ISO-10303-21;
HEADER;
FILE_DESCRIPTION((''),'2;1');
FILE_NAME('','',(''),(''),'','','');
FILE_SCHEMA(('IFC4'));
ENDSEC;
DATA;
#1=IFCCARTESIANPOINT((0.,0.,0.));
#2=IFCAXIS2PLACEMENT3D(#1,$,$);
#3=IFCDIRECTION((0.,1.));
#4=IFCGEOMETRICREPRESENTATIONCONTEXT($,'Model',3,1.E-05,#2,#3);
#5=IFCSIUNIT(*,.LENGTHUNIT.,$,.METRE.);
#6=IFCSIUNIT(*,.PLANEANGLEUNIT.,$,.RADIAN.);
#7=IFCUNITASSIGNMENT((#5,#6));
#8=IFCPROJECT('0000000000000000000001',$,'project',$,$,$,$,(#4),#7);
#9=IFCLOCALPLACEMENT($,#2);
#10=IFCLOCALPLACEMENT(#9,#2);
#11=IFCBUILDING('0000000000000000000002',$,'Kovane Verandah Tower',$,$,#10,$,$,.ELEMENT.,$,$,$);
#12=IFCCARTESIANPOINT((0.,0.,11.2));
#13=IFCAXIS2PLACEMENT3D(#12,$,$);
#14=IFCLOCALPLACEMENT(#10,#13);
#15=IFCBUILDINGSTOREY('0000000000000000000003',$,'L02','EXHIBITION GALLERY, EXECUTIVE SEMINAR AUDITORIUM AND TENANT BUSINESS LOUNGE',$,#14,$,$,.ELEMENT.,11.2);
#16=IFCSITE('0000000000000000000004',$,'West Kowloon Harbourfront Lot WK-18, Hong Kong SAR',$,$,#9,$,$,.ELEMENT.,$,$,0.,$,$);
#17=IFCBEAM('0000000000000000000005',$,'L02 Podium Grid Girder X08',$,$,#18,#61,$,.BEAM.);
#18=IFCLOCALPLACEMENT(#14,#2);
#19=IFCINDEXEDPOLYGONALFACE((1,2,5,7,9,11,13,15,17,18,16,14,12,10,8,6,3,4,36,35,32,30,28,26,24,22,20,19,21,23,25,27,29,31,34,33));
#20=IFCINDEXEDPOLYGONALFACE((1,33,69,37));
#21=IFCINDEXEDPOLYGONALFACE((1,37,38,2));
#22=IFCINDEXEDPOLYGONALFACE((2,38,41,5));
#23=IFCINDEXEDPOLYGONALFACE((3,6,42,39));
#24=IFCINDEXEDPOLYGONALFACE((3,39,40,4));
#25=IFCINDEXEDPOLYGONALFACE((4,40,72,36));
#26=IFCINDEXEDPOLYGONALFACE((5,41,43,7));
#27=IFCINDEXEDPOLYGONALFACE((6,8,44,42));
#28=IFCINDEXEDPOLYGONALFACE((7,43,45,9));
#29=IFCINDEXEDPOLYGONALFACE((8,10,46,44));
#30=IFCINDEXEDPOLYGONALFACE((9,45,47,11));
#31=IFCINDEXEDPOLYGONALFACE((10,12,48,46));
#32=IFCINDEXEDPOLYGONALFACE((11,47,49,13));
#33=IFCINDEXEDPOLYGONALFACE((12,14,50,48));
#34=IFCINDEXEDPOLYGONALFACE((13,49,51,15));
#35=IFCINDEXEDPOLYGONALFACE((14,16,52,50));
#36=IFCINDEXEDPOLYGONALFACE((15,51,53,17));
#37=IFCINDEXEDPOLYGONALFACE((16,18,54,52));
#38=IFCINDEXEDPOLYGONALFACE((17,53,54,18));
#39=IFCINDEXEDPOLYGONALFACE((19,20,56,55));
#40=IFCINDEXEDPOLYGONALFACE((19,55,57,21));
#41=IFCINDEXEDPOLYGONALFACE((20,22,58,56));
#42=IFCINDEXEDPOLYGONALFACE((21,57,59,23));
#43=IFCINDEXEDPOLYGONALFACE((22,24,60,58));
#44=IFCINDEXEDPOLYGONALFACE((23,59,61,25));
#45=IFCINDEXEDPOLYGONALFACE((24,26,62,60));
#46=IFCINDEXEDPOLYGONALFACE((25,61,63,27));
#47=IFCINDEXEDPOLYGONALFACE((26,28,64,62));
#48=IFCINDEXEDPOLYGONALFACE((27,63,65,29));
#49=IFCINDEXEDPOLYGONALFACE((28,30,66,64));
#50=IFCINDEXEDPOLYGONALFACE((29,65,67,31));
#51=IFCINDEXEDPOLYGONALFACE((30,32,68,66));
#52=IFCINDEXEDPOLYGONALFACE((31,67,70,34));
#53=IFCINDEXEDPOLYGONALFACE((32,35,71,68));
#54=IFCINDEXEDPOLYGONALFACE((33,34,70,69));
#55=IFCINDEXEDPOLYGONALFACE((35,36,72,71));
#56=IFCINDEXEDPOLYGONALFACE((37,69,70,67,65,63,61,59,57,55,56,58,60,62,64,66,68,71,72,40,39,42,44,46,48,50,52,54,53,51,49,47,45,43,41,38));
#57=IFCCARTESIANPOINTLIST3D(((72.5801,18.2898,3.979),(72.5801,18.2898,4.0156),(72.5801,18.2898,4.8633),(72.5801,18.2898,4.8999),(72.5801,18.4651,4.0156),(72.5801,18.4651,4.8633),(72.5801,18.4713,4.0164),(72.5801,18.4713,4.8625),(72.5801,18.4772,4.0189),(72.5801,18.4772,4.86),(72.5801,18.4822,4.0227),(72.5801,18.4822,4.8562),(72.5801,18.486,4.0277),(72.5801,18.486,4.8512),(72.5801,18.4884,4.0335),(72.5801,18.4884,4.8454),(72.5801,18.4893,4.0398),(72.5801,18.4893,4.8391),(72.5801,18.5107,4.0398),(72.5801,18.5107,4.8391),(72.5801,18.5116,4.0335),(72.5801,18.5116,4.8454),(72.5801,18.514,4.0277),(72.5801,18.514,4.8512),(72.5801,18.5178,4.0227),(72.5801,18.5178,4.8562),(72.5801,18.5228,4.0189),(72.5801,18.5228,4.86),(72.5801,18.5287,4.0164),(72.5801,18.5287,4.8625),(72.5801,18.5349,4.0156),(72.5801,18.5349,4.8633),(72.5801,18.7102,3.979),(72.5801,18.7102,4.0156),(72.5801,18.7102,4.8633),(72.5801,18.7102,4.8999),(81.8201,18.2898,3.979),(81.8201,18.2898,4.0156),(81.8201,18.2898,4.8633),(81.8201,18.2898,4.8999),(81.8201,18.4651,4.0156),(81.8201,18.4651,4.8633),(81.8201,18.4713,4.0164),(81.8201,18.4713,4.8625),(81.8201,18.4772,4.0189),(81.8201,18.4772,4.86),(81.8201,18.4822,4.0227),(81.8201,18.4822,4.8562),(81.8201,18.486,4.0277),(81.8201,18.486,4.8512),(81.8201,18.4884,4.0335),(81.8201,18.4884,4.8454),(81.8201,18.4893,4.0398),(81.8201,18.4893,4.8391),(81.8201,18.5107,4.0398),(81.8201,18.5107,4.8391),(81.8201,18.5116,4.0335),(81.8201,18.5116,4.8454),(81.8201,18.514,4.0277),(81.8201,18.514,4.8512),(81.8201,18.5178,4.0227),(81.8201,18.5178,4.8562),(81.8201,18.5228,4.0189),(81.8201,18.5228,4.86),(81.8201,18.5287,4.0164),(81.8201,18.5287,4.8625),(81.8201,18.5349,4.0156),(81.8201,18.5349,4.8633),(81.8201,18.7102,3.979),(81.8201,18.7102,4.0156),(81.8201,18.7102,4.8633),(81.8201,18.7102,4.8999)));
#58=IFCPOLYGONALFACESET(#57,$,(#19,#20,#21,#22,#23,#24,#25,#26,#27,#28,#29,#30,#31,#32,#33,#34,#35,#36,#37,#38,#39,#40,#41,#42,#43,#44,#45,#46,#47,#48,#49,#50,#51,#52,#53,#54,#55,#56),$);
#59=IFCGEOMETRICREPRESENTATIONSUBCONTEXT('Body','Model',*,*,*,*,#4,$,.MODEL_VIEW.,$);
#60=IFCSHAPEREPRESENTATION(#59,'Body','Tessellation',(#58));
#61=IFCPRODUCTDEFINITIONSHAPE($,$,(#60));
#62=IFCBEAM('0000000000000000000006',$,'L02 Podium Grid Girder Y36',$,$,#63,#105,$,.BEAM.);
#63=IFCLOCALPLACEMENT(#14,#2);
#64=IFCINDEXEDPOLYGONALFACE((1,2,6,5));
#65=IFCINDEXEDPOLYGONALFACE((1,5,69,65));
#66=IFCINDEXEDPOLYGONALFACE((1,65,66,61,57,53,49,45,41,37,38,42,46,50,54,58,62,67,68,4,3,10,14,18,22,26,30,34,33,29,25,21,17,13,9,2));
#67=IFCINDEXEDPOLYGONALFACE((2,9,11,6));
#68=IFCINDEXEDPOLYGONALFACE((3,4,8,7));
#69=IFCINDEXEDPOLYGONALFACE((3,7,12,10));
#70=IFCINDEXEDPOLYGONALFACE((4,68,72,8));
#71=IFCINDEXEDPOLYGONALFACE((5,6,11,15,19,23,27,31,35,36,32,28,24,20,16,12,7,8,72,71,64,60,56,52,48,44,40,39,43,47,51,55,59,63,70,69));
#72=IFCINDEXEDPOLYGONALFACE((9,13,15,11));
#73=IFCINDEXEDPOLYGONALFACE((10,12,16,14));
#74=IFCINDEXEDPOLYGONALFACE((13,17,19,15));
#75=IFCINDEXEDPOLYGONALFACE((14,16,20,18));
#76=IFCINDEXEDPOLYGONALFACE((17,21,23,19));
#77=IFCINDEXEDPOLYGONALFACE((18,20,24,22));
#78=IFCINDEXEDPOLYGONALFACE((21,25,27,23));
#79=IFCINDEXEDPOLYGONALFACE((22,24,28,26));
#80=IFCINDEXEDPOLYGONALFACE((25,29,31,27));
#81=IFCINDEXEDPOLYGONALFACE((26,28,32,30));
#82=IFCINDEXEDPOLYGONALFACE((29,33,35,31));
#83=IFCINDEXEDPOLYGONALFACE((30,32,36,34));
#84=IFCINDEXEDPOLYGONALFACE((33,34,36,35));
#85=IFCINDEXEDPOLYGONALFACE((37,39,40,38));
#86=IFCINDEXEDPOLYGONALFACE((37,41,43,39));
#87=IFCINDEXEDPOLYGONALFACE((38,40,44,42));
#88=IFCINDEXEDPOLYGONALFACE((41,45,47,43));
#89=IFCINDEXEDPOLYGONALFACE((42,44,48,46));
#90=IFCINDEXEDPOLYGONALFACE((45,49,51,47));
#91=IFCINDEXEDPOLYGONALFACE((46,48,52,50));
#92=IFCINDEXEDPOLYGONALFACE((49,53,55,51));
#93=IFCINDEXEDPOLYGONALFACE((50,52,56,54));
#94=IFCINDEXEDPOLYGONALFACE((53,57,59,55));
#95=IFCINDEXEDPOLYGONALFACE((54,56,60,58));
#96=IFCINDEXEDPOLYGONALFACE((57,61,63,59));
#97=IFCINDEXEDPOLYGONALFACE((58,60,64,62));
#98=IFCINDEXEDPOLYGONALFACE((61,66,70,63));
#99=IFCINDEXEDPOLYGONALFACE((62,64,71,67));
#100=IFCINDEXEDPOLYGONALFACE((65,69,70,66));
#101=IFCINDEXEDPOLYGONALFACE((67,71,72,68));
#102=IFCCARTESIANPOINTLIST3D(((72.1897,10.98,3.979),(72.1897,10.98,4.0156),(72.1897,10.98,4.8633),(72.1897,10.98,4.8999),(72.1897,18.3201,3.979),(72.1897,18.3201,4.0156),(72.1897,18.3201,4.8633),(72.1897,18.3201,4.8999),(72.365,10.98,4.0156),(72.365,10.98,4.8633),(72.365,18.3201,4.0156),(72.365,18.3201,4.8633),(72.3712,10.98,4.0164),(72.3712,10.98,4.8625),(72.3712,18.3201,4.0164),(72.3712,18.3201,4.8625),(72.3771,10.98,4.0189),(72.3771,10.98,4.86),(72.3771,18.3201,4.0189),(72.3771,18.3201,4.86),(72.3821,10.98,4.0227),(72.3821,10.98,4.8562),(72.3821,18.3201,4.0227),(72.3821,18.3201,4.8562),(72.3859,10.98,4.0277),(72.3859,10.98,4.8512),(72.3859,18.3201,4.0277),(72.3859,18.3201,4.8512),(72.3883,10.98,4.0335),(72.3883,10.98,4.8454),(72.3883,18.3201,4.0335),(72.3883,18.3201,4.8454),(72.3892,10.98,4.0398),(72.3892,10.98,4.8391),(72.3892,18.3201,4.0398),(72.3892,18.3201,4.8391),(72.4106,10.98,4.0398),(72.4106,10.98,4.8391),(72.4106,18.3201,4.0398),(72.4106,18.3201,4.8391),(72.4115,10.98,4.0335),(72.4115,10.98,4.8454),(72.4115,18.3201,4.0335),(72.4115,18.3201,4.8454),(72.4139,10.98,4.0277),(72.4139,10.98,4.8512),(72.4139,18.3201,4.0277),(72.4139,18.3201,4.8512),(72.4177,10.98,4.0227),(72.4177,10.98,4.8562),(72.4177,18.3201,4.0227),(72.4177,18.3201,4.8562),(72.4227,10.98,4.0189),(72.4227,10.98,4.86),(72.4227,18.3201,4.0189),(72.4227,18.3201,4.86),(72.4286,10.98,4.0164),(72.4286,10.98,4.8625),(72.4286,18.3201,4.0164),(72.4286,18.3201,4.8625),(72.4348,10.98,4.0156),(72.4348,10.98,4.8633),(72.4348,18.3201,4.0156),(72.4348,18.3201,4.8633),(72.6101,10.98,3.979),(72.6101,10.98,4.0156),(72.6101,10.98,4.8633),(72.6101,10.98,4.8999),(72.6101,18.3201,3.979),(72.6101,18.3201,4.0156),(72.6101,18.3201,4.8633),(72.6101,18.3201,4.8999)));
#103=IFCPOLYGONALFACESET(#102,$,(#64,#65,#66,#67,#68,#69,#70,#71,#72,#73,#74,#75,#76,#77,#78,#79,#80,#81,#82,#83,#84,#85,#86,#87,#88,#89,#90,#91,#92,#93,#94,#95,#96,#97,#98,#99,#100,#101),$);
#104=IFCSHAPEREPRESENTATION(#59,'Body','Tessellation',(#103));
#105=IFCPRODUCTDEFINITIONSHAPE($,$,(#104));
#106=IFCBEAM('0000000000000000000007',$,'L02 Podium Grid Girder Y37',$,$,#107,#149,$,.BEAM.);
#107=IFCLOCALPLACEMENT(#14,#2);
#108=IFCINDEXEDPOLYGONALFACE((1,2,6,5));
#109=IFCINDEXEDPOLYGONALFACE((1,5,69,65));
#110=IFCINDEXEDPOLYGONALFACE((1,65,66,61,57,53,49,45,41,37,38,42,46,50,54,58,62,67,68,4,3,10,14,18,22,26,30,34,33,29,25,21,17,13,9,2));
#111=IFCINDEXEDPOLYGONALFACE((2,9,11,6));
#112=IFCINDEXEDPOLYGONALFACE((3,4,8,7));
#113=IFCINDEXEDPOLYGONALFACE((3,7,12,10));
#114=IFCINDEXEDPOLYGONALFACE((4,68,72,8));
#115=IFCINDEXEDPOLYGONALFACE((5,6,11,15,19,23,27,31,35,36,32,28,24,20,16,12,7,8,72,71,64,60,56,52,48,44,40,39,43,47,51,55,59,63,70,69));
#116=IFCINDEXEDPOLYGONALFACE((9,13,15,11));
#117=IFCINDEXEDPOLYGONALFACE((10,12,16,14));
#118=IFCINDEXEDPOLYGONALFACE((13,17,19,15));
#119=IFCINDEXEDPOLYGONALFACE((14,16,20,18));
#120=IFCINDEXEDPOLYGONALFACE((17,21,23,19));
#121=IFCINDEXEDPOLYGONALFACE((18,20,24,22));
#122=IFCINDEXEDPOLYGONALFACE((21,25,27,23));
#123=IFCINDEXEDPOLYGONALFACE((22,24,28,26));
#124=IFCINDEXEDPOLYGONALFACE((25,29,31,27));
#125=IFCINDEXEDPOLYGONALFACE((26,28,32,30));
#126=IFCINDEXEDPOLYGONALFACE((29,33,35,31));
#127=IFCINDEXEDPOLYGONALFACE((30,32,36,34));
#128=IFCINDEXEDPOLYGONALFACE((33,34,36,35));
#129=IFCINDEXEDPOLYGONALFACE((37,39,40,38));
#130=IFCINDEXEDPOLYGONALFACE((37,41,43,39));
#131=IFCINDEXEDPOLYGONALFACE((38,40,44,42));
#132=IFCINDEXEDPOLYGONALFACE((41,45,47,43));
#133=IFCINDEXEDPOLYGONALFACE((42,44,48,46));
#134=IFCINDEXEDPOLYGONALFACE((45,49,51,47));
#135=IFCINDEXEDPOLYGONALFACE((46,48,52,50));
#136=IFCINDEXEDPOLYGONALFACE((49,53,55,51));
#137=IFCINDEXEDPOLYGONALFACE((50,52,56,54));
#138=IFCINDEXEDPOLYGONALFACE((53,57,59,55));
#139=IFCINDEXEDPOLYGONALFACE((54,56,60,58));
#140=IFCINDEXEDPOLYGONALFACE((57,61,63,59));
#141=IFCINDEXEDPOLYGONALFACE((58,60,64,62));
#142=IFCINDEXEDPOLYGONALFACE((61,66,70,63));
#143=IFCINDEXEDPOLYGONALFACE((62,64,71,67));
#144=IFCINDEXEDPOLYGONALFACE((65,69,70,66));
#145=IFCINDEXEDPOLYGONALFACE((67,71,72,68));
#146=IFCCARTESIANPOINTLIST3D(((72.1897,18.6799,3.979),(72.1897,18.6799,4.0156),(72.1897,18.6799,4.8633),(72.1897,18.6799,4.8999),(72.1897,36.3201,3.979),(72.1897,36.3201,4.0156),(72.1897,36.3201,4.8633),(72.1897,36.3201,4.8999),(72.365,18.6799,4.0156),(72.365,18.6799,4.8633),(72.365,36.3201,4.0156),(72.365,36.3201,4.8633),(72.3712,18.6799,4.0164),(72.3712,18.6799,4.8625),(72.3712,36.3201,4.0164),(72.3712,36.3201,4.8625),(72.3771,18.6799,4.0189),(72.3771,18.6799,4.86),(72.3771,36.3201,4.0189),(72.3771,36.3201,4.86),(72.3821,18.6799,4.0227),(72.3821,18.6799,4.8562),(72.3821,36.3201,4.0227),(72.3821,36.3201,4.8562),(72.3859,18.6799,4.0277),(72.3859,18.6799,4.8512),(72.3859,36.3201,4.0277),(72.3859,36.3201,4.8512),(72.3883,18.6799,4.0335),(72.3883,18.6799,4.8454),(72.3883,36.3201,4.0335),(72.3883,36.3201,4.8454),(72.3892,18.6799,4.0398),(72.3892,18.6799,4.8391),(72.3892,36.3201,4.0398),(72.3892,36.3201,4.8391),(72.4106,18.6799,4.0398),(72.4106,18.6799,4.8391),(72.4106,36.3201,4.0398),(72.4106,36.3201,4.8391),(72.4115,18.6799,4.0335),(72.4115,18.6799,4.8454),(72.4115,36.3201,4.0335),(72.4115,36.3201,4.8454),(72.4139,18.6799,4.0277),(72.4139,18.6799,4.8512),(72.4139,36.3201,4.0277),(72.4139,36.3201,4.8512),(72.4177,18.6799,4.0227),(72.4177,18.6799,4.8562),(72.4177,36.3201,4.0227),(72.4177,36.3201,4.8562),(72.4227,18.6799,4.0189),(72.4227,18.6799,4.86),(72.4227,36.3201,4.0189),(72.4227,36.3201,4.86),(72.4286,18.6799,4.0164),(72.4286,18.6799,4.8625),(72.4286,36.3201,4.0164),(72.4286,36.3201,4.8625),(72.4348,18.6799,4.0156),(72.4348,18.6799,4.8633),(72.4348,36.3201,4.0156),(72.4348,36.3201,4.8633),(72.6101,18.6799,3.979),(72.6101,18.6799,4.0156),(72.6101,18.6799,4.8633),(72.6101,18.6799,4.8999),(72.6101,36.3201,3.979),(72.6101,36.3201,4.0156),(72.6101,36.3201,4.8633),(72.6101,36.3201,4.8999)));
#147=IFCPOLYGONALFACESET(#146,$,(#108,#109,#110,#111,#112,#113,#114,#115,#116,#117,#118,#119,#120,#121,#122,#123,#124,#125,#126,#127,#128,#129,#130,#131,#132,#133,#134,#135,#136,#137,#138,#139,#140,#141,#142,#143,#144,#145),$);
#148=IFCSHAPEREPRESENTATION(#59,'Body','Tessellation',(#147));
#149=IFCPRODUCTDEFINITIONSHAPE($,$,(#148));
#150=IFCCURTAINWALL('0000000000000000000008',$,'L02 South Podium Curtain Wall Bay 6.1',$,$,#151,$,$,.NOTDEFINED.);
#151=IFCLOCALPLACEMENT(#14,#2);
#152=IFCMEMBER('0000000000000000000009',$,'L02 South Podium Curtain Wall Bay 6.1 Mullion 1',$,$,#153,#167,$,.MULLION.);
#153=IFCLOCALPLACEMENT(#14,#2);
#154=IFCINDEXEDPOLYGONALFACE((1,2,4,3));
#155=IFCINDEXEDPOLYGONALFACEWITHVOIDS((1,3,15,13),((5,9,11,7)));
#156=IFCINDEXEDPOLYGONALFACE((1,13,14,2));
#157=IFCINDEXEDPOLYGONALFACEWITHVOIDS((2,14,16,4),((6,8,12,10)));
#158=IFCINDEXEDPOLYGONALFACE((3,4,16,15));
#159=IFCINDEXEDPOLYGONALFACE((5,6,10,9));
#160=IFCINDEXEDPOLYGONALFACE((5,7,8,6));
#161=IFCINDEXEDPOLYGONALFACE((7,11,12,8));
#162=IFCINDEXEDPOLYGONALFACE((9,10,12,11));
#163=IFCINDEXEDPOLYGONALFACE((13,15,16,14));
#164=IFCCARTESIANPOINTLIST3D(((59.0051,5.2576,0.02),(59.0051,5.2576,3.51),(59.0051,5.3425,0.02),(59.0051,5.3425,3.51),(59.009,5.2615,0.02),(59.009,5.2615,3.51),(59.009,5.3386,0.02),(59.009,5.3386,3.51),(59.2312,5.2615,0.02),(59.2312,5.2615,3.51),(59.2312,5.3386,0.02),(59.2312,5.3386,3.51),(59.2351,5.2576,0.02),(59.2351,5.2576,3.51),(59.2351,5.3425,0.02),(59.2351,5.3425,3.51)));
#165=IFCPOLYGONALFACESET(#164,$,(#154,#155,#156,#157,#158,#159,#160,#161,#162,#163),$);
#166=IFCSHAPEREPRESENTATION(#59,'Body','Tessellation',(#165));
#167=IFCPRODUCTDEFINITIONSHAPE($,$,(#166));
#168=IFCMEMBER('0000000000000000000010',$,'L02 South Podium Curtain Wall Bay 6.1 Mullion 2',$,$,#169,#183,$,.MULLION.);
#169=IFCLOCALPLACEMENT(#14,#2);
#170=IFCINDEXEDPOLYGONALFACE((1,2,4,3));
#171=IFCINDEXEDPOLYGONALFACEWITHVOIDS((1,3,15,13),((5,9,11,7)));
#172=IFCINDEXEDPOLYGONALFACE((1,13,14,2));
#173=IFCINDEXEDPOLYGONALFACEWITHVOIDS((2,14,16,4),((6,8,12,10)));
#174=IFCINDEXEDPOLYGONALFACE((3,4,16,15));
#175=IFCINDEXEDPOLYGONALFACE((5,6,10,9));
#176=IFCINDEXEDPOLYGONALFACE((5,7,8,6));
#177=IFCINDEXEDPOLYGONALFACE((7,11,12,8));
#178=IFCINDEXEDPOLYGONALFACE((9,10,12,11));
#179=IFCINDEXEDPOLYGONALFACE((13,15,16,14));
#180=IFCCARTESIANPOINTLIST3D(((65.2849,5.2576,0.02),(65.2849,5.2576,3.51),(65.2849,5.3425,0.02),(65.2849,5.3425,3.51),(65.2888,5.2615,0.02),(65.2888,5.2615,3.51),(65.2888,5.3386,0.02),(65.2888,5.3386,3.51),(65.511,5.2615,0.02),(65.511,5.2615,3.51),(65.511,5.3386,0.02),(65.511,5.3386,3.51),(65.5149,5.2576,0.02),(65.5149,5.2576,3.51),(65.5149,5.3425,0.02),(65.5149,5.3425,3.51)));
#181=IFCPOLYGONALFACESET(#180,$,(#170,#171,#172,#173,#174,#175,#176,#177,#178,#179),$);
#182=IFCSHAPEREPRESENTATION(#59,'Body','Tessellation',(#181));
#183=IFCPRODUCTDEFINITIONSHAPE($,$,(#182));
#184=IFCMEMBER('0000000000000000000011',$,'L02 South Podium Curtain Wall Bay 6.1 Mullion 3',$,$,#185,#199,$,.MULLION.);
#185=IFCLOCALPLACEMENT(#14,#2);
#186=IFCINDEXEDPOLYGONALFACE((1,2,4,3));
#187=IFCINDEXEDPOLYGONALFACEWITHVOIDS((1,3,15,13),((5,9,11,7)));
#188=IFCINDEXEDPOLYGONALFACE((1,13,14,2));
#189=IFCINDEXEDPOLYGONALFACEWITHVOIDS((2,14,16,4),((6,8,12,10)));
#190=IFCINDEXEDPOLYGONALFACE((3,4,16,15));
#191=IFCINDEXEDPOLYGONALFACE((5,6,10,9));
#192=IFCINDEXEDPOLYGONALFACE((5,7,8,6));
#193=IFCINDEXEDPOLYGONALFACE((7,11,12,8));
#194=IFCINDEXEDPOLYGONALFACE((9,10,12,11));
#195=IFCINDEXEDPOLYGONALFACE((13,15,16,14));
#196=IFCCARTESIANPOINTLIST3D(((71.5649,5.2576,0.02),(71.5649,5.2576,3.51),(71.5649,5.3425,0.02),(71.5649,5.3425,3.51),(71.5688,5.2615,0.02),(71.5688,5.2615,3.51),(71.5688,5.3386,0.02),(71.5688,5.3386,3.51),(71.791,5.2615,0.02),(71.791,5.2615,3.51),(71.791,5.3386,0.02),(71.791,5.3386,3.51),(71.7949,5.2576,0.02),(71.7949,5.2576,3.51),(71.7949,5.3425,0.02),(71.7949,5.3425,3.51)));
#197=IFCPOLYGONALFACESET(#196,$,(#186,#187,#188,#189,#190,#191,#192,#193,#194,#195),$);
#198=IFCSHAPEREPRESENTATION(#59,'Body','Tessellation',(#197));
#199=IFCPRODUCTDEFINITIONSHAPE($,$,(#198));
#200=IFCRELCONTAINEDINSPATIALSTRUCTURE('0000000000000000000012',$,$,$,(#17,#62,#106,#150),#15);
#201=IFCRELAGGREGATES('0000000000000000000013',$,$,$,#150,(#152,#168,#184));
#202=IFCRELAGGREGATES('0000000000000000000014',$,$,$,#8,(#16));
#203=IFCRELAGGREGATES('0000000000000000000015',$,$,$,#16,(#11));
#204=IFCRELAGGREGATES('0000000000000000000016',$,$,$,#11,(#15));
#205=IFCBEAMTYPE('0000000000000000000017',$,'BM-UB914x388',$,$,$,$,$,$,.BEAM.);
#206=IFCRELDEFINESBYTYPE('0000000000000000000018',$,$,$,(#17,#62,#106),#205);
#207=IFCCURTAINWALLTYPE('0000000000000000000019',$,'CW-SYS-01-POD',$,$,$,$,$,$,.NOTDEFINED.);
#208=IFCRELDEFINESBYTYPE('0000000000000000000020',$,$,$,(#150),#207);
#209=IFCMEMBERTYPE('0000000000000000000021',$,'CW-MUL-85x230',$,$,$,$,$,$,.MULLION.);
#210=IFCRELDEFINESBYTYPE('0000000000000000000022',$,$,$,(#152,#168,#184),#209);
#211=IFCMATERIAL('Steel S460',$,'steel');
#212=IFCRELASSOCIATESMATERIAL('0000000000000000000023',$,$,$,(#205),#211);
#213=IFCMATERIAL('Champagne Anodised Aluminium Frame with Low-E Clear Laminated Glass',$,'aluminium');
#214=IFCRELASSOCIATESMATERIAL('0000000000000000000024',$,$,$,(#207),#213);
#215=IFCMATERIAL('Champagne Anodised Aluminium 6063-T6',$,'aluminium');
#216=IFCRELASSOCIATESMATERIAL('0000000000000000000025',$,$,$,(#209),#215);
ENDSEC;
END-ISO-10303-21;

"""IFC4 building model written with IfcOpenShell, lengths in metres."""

from ifc_helpers import new_model, si_unit, direction, frame, origin, origin_2d, place, context, subcontext, project, spatial, hollow_rectangle, i_section, extrude, material, material_profile, profile_set, type_object, element, aggregate, save


model = new_model("IFC4")

# Units and contexts
model_context = context("Model", 3, precision=1e-05, world=origin(), true_north=direction((0.0, 1.0)))
body_context = subcontext(model_context, "Body", "Model", "MODEL_VIEW")
ifc_project = project(units=[si_unit("LENGTHUNIT", "METRE"), si_unit("PLANEANGLEUNIT", "RADIAN")], contexts=[model_context])

# Site, building, storey
site_placement = place(None, origin())
site = spatial("IfcSite", under=ifc_project, at=site_placement, Name="West Kowloon Harbourfront Lot WK-18, Hong Kong SAR", CompositionType="ELEMENT", RefElevation=0.0)
building_placement = place(site_placement, origin())
building = spatial("IfcBuilding", under=site, at=building_placement, Name="Kovane Verandah Tower", CompositionType="ELEMENT")
storey_placement = place(building_placement, frame((0.0, 0.0, 11.2)))
storey = spatial("IfcBuildingStorey", under=building, at=storey_placement, Name="L02", Description="EXHIBITION GALLERY, EXECUTIVE SEMINAR AUDITORIUM AND TENANT BUSINESS LOUNGE", CompositionType="ELEMENT", Elevation=11.2)

# Shared definitions
ifc_material_1 = material(Name="Steel S460", Category="steel")

# Beams
ifc_material_profile_1 = material_profile(ifc_material_1, i_section(OverallWidth=0.4204, OverallDepth=0.9209, WebThickness=0.0215, FlangeThickness=0.0366, FilletRadius=0.0242, at=origin_2d()), Name="UB914x419x388")
ifc_profile_set_1 = profile_set([ifc_material_profile_1], Name="Steel S460")
beam_type = type_object("IfcBeamType", Name="BM-UB914x388", PredefinedType="BEAM", material=ifc_profile_set_1)
beam_1_placement = place(storey_placement, frame((72.5801, 18.5, 4.4395), z_axis=(1.0, 0.0, 0.0), x_axis=(0.0, 1.0, 0.0)))
element("IfcBeam", 1, at=beam_1_placement, inside=storey, type_object=beam_type, Name="L02 Podium Grid Girder X08", PredefinedType="BEAM", context=body_context, shape_type="SweptSolid", body=[
    extrude(i_section(OverallWidth=0.4204, OverallDepth=0.9209, WebThickness=0.0215, FlangeThickness=0.0366, FilletRadius=0.0242, at=origin_2d()), origin(), (0.0, 0.0, 1.0), 9.24),
])
beam_2_placement = place(storey_placement, frame((72.3999, 10.98, 4.4395), z_axis=(0.0, 1.0, 0.0), x_axis=(-1.0, 0.0, 0.0)))
element("IfcBeam", 2, at=beam_2_placement, inside=storey, type_object=beam_type, Name="L02 Podium Grid Girder Y36", PredefinedType="BEAM", context=body_context, shape_type="SweptSolid", body=[
    extrude(i_section(OverallWidth=0.4204, OverallDepth=0.9209, WebThickness=0.0215, FlangeThickness=0.0366, FilletRadius=0.0242, at=origin_2d()), origin(), (0.0, 0.0, 1.0), 7.3401),
])
beam_3_placement = place(storey_placement, frame((72.3999, 18.6799, 4.4395), z_axis=(0.0, 1.0, 0.0), x_axis=(-1.0, 0.0, 0.0)))
element("IfcBeam", 3, at=beam_3_placement, inside=storey, type_object=beam_type, Name="L02 Podium Grid Girder Y37", PredefinedType="BEAM", context=body_context, shape_type="SweptSolid", body=[
    extrude(i_section(OverallWidth=0.4204, OverallDepth=0.9209, WebThickness=0.0215, FlangeThickness=0.0366, FilletRadius=0.0242, at=origin_2d()), origin(), (0.0, 0.0, 1.0), 17.6401),
])

# Curtain wall, members
ifc_material_2 = material(Name="Champagne Anodised Aluminium Frame with Low-E Clear Laminated Glass", Category="aluminium")
curtain_wall_type = type_object("IfcCurtainWallType", Name="CW-SYS-01-POD", PredefinedType="NOTDEFINED", material=ifc_material_2)
curtain_wall_1_placement = place(storey_placement, origin())
curtain_wall_1 = element("IfcCurtainWall", 4, at=curtain_wall_1_placement, inside=storey, type_object=curtain_wall_type, Name="L02 South Podium Curtain Wall Bay 6.1", PredefinedType="NOTDEFINED")
ifc_material_3 = material(Name="Champagne Anodised Aluminium 6063-T6", Category="aluminium")
ifc_material_profile_2 = material_profile(ifc_material_3, hollow_rectangle(XDim=0.085, YDim=0.23, WallThickness=0.0039, at=origin_2d()), Name="AL85x230x4")
ifc_profile_set_2 = profile_set([ifc_material_profile_2], Name="Champagne Anodised Aluminium 6063-T6")
member_type_1 = type_object("IfcMemberType", Name="CW-MUL-85x230", PredefinedType="MULLION", material=ifc_profile_set_2)
member_1_placement = place(storey_placement, frame((59.1201, 5.3, 0.02), z_axis=(0.0, 0.0, 1.0), x_axis=(0.0, -1.0, 0.0)))
member_1 = element("IfcMember", 5, at=member_1_placement, type_object=member_type_1, Name="L02 South Podium Curtain Wall Bay 6.1 Mullion 1", PredefinedType="MULLION", context=body_context, shape_type="SweptSolid", body=[
    extrude(hollow_rectangle(XDim=0.085, YDim=0.23, WallThickness=0.0039, at=origin_2d()), origin(), (0.0, 0.0, 1.0), 3.49),
])
member_2_placement = place(storey_placement, frame((65.3999, 5.3, 0.02), z_axis=(0.0, 0.0, 1.0), x_axis=(0.0, -1.0, 0.0)))
member_2 = element("IfcMember", 6, at=member_2_placement, type_object=member_type_1, Name="L02 South Podium Curtain Wall Bay 6.1 Mullion 2", PredefinedType="MULLION", context=body_context, shape_type="SweptSolid", body=[
    extrude(hollow_rectangle(XDim=0.085, YDim=0.23, WallThickness=0.0039, at=origin_2d()), origin(), (0.0, 0.0, 1.0), 3.49),
])
member_3_placement = place(storey_placement, frame((71.6799, 5.3, 0.02), z_axis=(0.0, 0.0, 1.0), x_axis=(0.0, -1.0, 0.0)))
member_3 = element("IfcMember", 7, at=member_3_placement, type_object=member_type_1, Name="L02 South Podium Curtain Wall Bay 6.1 Mullion 3", PredefinedType="MULLION", context=body_context, shape_type="SweptSolid", body=[
    extrude(hollow_rectangle(XDim=0.085, YDim=0.23, WallThickness=0.0039, at=origin_2d()), origin(), (0.0, 0.0, 1.0), 3.49),
])

aggregate(curtain_wall_1, [member_1, member_2, member_3])

save(model, "model.ifc")
